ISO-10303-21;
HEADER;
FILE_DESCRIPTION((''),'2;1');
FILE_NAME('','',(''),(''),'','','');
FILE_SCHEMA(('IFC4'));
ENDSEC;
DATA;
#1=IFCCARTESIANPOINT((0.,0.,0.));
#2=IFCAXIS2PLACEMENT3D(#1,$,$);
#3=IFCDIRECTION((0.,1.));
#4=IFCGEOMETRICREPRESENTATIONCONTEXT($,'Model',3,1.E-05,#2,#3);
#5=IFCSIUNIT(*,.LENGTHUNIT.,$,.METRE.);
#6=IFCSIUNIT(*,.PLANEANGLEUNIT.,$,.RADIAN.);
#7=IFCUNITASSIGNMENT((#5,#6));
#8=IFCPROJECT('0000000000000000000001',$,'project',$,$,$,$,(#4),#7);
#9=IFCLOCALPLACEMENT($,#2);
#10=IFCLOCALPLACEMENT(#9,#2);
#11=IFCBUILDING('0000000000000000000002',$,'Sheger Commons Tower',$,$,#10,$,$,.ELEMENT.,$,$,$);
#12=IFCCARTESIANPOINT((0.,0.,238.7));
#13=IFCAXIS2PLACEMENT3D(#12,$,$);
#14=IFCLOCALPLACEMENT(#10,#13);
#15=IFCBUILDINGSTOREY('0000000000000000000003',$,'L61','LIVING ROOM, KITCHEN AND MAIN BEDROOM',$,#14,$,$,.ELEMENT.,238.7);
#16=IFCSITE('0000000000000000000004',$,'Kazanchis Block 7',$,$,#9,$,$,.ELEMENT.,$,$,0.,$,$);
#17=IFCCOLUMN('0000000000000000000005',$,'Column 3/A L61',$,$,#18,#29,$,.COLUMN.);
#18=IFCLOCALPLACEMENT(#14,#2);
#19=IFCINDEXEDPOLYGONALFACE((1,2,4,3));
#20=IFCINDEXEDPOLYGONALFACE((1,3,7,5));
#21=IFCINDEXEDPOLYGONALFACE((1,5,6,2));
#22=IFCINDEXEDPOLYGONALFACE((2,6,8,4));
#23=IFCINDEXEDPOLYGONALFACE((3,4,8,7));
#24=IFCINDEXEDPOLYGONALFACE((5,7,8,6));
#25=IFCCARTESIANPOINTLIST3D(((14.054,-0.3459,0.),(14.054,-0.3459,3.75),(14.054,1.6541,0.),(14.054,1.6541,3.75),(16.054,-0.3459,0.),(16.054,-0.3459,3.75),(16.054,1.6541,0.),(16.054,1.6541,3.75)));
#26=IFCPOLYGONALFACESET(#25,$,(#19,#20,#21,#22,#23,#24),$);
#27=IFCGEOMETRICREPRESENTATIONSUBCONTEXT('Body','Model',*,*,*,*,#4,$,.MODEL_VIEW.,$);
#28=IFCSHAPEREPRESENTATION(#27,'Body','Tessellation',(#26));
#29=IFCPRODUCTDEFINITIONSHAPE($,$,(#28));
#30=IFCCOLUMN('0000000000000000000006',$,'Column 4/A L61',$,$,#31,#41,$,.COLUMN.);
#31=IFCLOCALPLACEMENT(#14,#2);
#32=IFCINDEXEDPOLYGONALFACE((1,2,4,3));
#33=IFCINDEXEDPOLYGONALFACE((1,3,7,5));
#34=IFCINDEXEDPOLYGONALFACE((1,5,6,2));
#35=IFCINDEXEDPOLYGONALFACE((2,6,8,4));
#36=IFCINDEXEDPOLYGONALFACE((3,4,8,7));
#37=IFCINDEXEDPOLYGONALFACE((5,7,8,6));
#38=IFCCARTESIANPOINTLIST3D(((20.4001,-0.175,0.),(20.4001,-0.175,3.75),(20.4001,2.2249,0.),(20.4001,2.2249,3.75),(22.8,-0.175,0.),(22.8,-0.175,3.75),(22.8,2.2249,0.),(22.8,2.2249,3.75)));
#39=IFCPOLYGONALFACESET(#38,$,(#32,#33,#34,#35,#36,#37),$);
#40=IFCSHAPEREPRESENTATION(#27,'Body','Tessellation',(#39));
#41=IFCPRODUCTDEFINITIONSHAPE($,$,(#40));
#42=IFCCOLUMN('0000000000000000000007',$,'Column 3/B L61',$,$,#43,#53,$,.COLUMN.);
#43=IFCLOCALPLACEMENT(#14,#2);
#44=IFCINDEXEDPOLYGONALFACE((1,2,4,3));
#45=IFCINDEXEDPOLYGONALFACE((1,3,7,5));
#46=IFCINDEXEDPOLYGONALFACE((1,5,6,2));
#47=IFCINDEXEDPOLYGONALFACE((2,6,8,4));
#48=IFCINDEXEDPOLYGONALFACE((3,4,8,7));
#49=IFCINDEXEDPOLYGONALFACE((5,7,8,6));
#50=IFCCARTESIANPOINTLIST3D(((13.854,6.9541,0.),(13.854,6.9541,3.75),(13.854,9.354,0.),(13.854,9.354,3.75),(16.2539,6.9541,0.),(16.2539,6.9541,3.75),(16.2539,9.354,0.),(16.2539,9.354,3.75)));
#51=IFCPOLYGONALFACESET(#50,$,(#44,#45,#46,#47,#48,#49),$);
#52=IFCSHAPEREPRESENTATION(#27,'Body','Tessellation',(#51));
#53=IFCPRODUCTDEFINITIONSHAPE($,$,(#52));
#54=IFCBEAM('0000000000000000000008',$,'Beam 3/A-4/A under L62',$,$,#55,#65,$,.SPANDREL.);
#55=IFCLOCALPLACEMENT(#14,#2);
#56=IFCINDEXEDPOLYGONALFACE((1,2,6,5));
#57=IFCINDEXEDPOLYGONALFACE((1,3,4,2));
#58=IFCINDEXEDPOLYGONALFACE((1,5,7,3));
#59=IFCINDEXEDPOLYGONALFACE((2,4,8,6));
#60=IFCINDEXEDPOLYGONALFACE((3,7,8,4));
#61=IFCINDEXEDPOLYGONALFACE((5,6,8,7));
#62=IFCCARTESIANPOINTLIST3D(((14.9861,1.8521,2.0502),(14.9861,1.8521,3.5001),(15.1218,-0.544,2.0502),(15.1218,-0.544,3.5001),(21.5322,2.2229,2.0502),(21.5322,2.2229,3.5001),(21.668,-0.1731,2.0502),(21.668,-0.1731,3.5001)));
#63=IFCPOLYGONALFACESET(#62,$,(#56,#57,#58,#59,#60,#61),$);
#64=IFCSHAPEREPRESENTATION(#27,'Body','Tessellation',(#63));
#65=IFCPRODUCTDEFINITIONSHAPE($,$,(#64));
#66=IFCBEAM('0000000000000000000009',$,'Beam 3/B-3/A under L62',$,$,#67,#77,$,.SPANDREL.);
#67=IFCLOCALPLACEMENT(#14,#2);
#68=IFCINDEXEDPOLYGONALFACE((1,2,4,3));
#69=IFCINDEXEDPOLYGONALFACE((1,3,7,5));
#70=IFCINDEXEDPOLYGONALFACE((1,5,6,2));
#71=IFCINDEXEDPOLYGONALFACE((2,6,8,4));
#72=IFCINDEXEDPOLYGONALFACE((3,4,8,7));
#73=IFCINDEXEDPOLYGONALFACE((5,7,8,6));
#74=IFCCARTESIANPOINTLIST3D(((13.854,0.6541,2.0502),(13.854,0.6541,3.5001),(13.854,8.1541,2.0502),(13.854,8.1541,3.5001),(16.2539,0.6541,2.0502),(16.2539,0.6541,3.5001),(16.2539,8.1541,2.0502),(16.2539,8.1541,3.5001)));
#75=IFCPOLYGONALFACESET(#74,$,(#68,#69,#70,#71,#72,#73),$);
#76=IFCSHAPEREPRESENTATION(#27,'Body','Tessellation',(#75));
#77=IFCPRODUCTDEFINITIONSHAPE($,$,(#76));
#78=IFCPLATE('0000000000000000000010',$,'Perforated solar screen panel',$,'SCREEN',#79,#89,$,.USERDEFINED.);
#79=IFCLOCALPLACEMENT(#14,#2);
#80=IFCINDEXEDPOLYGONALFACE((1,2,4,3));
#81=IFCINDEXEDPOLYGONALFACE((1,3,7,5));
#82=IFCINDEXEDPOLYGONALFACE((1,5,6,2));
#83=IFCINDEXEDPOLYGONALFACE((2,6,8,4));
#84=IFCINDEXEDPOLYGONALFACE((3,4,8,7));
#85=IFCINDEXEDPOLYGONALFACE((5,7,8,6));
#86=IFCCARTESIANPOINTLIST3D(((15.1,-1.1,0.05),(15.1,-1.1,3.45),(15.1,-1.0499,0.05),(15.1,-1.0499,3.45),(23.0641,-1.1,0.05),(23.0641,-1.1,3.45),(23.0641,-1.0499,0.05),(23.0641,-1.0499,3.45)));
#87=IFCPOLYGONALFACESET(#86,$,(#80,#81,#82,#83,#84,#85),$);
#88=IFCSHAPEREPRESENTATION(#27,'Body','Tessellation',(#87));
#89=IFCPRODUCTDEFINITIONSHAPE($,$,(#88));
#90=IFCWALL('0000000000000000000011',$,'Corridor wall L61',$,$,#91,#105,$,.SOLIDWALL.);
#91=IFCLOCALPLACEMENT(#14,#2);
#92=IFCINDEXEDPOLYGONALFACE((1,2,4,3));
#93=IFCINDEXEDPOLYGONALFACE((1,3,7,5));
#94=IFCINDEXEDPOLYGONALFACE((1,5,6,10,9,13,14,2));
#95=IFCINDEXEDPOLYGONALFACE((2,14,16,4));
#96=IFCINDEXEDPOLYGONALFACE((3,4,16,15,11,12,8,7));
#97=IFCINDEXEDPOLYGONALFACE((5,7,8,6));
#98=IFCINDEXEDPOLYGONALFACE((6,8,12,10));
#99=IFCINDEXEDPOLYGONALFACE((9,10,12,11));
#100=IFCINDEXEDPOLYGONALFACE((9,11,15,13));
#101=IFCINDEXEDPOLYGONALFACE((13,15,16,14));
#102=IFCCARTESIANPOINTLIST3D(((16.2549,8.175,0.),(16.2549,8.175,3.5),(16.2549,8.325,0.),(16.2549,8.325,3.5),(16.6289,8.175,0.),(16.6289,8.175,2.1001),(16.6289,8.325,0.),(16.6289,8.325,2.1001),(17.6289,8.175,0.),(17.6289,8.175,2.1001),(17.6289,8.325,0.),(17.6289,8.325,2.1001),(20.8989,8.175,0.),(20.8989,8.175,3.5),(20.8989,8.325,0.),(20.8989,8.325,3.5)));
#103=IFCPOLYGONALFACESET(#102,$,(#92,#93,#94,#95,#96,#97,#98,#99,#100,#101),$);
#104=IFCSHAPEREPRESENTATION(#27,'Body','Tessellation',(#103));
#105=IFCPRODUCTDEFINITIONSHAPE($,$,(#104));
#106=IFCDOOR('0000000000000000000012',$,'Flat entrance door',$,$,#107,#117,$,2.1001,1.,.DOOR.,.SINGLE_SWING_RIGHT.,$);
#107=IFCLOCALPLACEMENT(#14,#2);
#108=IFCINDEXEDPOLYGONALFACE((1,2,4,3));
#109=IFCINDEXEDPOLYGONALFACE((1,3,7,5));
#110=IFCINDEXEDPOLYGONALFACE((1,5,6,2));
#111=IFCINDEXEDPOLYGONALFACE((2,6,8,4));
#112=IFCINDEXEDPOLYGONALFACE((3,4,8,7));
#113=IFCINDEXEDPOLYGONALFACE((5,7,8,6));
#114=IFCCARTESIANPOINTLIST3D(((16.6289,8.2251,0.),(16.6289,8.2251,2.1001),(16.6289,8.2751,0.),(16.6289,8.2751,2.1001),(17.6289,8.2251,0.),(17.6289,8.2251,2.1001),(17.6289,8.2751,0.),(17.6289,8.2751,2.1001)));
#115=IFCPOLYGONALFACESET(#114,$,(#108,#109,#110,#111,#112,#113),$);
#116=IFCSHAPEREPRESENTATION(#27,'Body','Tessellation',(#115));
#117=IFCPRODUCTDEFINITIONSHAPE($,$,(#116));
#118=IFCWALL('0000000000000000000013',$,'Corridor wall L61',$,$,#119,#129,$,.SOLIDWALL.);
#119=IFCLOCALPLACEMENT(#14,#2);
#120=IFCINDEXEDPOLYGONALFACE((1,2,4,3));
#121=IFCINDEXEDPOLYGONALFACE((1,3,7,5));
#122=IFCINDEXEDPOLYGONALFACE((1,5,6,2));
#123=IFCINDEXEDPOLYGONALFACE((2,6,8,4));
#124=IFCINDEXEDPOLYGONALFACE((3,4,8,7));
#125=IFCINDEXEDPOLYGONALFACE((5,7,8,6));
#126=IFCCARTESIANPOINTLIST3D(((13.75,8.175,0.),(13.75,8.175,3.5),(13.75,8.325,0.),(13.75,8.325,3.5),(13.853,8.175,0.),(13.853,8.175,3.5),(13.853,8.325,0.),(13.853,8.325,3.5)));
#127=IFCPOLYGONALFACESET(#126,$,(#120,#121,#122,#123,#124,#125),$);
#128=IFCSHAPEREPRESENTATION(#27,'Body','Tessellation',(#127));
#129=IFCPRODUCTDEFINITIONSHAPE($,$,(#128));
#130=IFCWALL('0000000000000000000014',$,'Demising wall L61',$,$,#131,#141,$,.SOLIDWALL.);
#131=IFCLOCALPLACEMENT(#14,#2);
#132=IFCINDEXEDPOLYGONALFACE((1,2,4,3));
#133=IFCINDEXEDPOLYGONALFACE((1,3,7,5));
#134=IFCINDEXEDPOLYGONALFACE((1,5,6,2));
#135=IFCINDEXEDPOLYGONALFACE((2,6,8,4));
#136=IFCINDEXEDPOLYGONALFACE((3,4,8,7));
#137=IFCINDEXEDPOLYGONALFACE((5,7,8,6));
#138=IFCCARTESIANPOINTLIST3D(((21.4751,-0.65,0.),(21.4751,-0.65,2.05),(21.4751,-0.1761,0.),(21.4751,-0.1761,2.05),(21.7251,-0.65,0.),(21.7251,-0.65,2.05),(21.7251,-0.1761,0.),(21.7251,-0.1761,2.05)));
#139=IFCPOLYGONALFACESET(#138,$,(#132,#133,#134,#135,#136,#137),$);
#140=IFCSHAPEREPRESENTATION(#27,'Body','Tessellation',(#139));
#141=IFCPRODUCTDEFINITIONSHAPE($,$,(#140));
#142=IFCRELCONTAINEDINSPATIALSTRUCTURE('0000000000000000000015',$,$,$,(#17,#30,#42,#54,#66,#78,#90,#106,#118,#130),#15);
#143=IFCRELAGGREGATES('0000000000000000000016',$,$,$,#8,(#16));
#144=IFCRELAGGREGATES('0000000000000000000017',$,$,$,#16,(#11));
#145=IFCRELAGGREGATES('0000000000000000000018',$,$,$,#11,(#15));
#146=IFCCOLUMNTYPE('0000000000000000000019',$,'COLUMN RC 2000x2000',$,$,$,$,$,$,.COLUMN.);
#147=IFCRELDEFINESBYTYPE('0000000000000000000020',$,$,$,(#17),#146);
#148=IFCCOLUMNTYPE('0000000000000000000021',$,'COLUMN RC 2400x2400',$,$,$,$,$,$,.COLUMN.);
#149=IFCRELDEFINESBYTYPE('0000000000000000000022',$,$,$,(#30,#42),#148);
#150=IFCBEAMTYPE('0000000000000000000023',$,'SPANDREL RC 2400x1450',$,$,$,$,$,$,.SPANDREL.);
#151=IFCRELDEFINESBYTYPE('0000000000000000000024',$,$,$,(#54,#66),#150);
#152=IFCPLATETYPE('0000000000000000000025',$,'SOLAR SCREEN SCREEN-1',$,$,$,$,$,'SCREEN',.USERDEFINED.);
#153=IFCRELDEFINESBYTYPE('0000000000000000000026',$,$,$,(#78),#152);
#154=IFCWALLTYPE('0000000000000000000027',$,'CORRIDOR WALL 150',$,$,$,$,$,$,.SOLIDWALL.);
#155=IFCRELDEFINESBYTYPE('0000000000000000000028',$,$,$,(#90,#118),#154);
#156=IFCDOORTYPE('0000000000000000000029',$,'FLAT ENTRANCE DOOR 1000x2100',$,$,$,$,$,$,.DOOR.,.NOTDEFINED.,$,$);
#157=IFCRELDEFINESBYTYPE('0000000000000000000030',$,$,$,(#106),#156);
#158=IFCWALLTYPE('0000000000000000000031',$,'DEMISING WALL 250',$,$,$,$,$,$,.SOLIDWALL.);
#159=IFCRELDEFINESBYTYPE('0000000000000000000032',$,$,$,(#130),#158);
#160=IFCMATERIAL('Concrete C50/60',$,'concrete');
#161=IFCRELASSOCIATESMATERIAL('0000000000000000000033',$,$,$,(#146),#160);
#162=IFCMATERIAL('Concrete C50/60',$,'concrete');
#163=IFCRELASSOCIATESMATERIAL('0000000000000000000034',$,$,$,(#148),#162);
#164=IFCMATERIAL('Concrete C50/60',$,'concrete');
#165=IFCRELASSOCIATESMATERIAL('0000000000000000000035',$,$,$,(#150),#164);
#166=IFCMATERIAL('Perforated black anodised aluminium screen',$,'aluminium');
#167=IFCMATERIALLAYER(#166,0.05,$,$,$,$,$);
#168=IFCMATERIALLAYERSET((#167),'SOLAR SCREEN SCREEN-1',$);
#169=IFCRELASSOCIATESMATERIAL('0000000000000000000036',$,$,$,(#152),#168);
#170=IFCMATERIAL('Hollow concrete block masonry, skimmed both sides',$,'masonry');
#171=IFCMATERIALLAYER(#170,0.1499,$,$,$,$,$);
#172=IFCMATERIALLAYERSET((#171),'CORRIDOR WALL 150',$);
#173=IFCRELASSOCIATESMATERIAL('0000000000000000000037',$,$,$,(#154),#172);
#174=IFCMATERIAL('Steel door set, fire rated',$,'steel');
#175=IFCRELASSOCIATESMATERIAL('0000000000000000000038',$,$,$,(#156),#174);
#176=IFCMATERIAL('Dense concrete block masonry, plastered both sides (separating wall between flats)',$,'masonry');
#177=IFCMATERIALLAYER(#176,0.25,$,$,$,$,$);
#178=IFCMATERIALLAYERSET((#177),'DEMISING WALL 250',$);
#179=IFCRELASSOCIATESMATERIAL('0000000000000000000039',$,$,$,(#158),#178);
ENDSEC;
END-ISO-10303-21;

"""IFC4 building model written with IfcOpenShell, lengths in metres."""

from ifc_helpers import new_model, si_unit, direction, frame, frame_2d, origin, origin_2d, place, context, subcontext, project, spatial, rectangle, extrude, material, layer, layer_set, material_profile, profile_set, type_object, element, fill, save


model = new_model("IFC4")

# Units and contexts
model_context = context("Model", 3, precision=1e-05, world=origin(), true_north=direction((0.0, 1.0)))
body_context = subcontext(model_context, "Body", "Model", "MODEL_VIEW")
ifc_project = project(units=[si_unit("LENGTHUNIT", "METRE"), si_unit("PLANEANGLEUNIT", "RADIAN")], contexts=[model_context])

# Site, building, storey
site_placement = place(None, origin())
site = spatial("IfcSite", under=ifc_project, at=site_placement, Name="Kazanchis Block 7", CompositionType="ELEMENT", RefElevation=0.0)
building_placement = place(site_placement, origin())
building = spatial("IfcBuilding", under=site, at=building_placement, Name="Sheger Commons Tower", CompositionType="ELEMENT")
storey_placement = place(building_placement, frame((0.0, 0.0, 238.7)))
storey = spatial("IfcBuildingStorey", under=building, at=storey_placement, Name="L61", Description="LIVING ROOM, KITCHEN AND MAIN BEDROOM", CompositionType="ELEMENT", Elevation=238.7)

# Columns
ifc_material_1 = material(Name="Concrete C50/60", Category="concrete")
ifc_material_profile_1 = material_profile(ifc_material_1, rectangle(XDim=2.0, YDim=2.0, at=origin_2d()), Name="RC 2000x2000")
ifc_profile_set_1 = profile_set([ifc_material_profile_1], Name="Concrete C50/60")
column_type_1 = type_object("IfcColumnType", Name="COLUMN RC 2000x2000", PredefinedType="COLUMN", material=ifc_profile_set_1)
column_placement = place(storey_placement, frame((15.054, 0.6541, 0.0), z_axis=(0.0, 0.0, 1.0), x_axis=(1.0, 0.0, 0.0)))
element("IfcColumn", 1, at=column_placement, inside=storey, type_object=column_type_1, Name="Column 3/A L61", PredefinedType="COLUMN", context=body_context, shape_type="SweptSolid", body=[
    extrude(rectangle(XDim=2.0, YDim=2.0, at=origin_2d()), origin(), (0.0, 0.0, 1.0), 3.75),
])
ifc_material_2 = material(Name="Concrete C50/60", Category="concrete")
ifc_material_profile_2 = material_profile(ifc_material_2, rectangle(XDim=2.3999, YDim=2.3999, at=origin_2d()), Name="RC 2400x2400")
ifc_profile_set_2 = profile_set([ifc_material_profile_2], Name="Concrete C50/60")
column_type_2 = type_object("IfcColumnType", Name="COLUMN RC 2400x2400", PredefinedType="COLUMN", material=ifc_profile_set_2)
for number, where, z_axis, x_axis, name in (
    (2, (21.6001, 1.0249, 0.0), (0.0, 0.0, 1.0), (1.0, 0.0, 0.0), "Column 4/A L61"),
    (3, (15.054, 8.1541, 0.0), (0.0, 0.0, 1.0), (1.0, 0.0, 0.0), "Column 3/B L61"),
):
    element("IfcColumn", number, at=place(storey_placement, frame(where, z_axis=z_axis, x_axis=x_axis)), inside=storey, type_object=column_type_2, Name=name, PredefinedType="COLUMN", context=body_context, shape_type="SweptSolid", body=[
        extrude(rectangle(XDim=2.3999, YDim=2.3999, at=origin_2d()), origin(), (0.0, 0.0, 1.0), 3.75),
    ])

# Beams
ifc_material_3 = material(Name="Concrete C50/60", Category="concrete")
ifc_material_profile_3 = material_profile(ifc_material_3, rectangle(XDim=2.3999, YDim=1.45, at=origin_2d()), Name="RC 2400x1450")
ifc_profile_set_3 = profile_set([ifc_material_profile_3], Name="Concrete C50/60")
beam_type = type_object("IfcBeamType", Name="SPANDREL RC 2400x1450", PredefinedType="SPANDREL", material=ifc_profile_set_3)
beam_1_placement = place(storey_placement, frame((15.054, 0.6541, 2.7751), z_axis=(0.998399, 0.056561, 0.0), x_axis=(-0.056561, 0.998399, 0.0)))
element("IfcBeam", 4, at=beam_1_placement, inside=storey, type_object=beam_type, Name="Beam 3/A-4/A under L62", PredefinedType="SPANDREL", context=body_context, shape_type="SweptSolid", body=[
    extrude(rectangle(XDim=2.3999, YDim=1.45, at=origin_2d()), origin(), (0.0, 0.0, 1.0), 6.5566),
])
beam_2_placement = place(storey_placement, frame((15.054, 8.1541, 2.7751), z_axis=(0.0, -1.0, 0.0), x_axis=(1.0, 0.0, 0.0)))
element("IfcBeam", 5, at=beam_2_placement, inside=storey, type_object=beam_type, Name="Beam 3/B-3/A under L62", PredefinedType="SPANDREL", context=body_context, shape_type="SweptSolid", body=[
    extrude(rectangle(XDim=2.3999, YDim=1.45, at=origin_2d()), origin(), (0.0, 0.0, 1.0), 7.5),
])

# Plate
ifc_material_4 = material(Name="Perforated black anodised aluminium screen", Category="aluminium")
ifc_layer_1 = layer(ifc_material_4, 0.05)
ifc_layer_set_1 = layer_set([ifc_layer_1], Name="SOLAR SCREEN SCREEN-1")
plate_type = type_object("IfcPlateType", Name="SOLAR SCREEN SCREEN-1", ElementType="SCREEN", PredefinedType="USERDEFINED", material=ifc_layer_set_1)
plate_placement = place(storey_placement, frame((19.082, -1.075, 0.05), z_axis=(0.0, 0.0, 1.0), x_axis=(1.0, 0.0, 0.0)))
element("IfcPlate", 6, at=plate_placement, inside=storey, type_object=plate_type, Name="Perforated solar screen panel", ObjectType="SCREEN", PredefinedType="USERDEFINED", context=body_context, shape_type="SweptSolid", body=[
    extrude(rectangle(XDim=7.9641, YDim=0.05, at=origin_2d()), origin(), (0.0, 0.0, 1.0), 3.3999),
])

# Wall, opening, door
ifc_material_5 = material(Name="Hollow concrete block masonry, skimmed both sides", Category="masonry")
ifc_layer_2 = layer(ifc_material_5, 0.1499)
ifc_layer_set_2 = layer_set([ifc_layer_2], Name="CORRIDOR WALL 150")
wall_type_1 = type_object("IfcWallType", Name="CORRIDOR WALL 150", PredefinedType="SOLIDWALL", material=ifc_layer_set_2)
wall_1_placement = place(storey_placement, frame((20.8989, 8.25, 0.0), z_axis=(0.0, 0.0, 1.0), x_axis=(-1.0, 0.0, 0.0)))
wall_1 = element("IfcWall", 7, at=wall_1_placement, inside=storey, type_object=wall_type_1, Name="Corridor wall L61", PredefinedType="SOLIDWALL", context=body_context, shape_type="SweptSolid", body=[
    extrude(rectangle(XDim=4.644, YDim=0.1499, at=frame_2d((2.322, 0.0))), origin(), (0.0, 0.0, 1.0), 3.5),
])
opening_1_placement = place(wall_1_placement, frame((3.27, 0.0, 0.0)))
opening_1 = element("IfcOpeningElement", 8, at=opening_1_placement, cuts=wall_1, PredefinedType="OPENING", context=body_context, shape_type="SweptSolid", body=[
    extrude(rectangle(XDim=1.0, YDim=2.1001, at=frame_2d((0.5, 1.05))), frame((0.0, 0.085, 0.0), z_axis=(0.0, -1.0, 0.0), x_axis=(1.0, 0.0, 0.0)), (0.0, 0.0, 1.0), 0.1699),
])
ifc_material_6 = material(Name="Steel door set, fire rated", Category="steel")
door_type_1 = type_object("IfcDoorType", Name="FLAT ENTRANCE DOOR 1000x2100", OperationType="NOTDEFINED", PredefinedType="DOOR", material=ifc_material_6)
door_1_placement = place(opening_1_placement, origin())
door_1 = element("IfcDoor", 9, at=door_1_placement, inside=storey, type_object=door_type_1, Name="Flat entrance door", OperationType="SINGLE_SWING_RIGHT", OverallHeight=2.1001, OverallWidth=1.0, PredefinedType="DOOR", context=body_context, shape_type="SweptSolid", body=[
    extrude(rectangle(XDim=1.0, YDim=2.1001, at=frame_2d((0.5, 1.05))), frame((0.0, 0.0249, 0.0), z_axis=(0.0, -1.0, 0.0), x_axis=(1.0, 0.0, 0.0)), (0.0, 0.0, 1.0), 0.05),
])
fill(opening_1, door_1)

# Walls
wall_2_placement = place(storey_placement, frame((13.853, 8.25, 0.0), z_axis=(0.0, 0.0, 1.0), x_axis=(-1.0, 0.0, 0.0)))
element("IfcWall", 10, at=wall_2_placement, inside=storey, type_object=wall_type_1, Name="Corridor wall L61", PredefinedType="SOLIDWALL", context=body_context, shape_type="SweptSolid", body=[
    extrude(rectangle(XDim=0.103, YDim=0.1499, at=frame_2d((0.0515, 0.0))), origin(), (0.0, 0.0, 1.0), 3.5),
])
ifc_material_7 = material(Name="Dense concrete block masonry, plastered both sides (separating wall between flats)", Category="masonry")
ifc_layer_3 = layer(ifc_material_7, 0.25)
ifc_layer_set_3 = layer_set([ifc_layer_3], Name="DEMISING WALL 250")
wall_type_2 = type_object("IfcWallType", Name="DEMISING WALL 250", PredefinedType="SOLIDWALL", material=ifc_layer_set_3)
wall_3_placement = place(storey_placement, frame((21.6001, -0.6499, 0.0), z_axis=(0.0, 0.0, 1.0), x_axis=(0.0, 1.0, 0.0)))
element("IfcWall", 11, at=wall_3_placement, inside=storey, type_object=wall_type_2, Name="Demising wall L61", PredefinedType="SOLIDWALL", context=body_context, shape_type="SweptSolid", body=[
    extrude(rectangle(XDim=0.4739, YDim=0.25, at=frame_2d((0.2368, 0.0))), origin(), (0.0, 0.0, 1.0), 2.05),
])

save(model, "model.ifc")
